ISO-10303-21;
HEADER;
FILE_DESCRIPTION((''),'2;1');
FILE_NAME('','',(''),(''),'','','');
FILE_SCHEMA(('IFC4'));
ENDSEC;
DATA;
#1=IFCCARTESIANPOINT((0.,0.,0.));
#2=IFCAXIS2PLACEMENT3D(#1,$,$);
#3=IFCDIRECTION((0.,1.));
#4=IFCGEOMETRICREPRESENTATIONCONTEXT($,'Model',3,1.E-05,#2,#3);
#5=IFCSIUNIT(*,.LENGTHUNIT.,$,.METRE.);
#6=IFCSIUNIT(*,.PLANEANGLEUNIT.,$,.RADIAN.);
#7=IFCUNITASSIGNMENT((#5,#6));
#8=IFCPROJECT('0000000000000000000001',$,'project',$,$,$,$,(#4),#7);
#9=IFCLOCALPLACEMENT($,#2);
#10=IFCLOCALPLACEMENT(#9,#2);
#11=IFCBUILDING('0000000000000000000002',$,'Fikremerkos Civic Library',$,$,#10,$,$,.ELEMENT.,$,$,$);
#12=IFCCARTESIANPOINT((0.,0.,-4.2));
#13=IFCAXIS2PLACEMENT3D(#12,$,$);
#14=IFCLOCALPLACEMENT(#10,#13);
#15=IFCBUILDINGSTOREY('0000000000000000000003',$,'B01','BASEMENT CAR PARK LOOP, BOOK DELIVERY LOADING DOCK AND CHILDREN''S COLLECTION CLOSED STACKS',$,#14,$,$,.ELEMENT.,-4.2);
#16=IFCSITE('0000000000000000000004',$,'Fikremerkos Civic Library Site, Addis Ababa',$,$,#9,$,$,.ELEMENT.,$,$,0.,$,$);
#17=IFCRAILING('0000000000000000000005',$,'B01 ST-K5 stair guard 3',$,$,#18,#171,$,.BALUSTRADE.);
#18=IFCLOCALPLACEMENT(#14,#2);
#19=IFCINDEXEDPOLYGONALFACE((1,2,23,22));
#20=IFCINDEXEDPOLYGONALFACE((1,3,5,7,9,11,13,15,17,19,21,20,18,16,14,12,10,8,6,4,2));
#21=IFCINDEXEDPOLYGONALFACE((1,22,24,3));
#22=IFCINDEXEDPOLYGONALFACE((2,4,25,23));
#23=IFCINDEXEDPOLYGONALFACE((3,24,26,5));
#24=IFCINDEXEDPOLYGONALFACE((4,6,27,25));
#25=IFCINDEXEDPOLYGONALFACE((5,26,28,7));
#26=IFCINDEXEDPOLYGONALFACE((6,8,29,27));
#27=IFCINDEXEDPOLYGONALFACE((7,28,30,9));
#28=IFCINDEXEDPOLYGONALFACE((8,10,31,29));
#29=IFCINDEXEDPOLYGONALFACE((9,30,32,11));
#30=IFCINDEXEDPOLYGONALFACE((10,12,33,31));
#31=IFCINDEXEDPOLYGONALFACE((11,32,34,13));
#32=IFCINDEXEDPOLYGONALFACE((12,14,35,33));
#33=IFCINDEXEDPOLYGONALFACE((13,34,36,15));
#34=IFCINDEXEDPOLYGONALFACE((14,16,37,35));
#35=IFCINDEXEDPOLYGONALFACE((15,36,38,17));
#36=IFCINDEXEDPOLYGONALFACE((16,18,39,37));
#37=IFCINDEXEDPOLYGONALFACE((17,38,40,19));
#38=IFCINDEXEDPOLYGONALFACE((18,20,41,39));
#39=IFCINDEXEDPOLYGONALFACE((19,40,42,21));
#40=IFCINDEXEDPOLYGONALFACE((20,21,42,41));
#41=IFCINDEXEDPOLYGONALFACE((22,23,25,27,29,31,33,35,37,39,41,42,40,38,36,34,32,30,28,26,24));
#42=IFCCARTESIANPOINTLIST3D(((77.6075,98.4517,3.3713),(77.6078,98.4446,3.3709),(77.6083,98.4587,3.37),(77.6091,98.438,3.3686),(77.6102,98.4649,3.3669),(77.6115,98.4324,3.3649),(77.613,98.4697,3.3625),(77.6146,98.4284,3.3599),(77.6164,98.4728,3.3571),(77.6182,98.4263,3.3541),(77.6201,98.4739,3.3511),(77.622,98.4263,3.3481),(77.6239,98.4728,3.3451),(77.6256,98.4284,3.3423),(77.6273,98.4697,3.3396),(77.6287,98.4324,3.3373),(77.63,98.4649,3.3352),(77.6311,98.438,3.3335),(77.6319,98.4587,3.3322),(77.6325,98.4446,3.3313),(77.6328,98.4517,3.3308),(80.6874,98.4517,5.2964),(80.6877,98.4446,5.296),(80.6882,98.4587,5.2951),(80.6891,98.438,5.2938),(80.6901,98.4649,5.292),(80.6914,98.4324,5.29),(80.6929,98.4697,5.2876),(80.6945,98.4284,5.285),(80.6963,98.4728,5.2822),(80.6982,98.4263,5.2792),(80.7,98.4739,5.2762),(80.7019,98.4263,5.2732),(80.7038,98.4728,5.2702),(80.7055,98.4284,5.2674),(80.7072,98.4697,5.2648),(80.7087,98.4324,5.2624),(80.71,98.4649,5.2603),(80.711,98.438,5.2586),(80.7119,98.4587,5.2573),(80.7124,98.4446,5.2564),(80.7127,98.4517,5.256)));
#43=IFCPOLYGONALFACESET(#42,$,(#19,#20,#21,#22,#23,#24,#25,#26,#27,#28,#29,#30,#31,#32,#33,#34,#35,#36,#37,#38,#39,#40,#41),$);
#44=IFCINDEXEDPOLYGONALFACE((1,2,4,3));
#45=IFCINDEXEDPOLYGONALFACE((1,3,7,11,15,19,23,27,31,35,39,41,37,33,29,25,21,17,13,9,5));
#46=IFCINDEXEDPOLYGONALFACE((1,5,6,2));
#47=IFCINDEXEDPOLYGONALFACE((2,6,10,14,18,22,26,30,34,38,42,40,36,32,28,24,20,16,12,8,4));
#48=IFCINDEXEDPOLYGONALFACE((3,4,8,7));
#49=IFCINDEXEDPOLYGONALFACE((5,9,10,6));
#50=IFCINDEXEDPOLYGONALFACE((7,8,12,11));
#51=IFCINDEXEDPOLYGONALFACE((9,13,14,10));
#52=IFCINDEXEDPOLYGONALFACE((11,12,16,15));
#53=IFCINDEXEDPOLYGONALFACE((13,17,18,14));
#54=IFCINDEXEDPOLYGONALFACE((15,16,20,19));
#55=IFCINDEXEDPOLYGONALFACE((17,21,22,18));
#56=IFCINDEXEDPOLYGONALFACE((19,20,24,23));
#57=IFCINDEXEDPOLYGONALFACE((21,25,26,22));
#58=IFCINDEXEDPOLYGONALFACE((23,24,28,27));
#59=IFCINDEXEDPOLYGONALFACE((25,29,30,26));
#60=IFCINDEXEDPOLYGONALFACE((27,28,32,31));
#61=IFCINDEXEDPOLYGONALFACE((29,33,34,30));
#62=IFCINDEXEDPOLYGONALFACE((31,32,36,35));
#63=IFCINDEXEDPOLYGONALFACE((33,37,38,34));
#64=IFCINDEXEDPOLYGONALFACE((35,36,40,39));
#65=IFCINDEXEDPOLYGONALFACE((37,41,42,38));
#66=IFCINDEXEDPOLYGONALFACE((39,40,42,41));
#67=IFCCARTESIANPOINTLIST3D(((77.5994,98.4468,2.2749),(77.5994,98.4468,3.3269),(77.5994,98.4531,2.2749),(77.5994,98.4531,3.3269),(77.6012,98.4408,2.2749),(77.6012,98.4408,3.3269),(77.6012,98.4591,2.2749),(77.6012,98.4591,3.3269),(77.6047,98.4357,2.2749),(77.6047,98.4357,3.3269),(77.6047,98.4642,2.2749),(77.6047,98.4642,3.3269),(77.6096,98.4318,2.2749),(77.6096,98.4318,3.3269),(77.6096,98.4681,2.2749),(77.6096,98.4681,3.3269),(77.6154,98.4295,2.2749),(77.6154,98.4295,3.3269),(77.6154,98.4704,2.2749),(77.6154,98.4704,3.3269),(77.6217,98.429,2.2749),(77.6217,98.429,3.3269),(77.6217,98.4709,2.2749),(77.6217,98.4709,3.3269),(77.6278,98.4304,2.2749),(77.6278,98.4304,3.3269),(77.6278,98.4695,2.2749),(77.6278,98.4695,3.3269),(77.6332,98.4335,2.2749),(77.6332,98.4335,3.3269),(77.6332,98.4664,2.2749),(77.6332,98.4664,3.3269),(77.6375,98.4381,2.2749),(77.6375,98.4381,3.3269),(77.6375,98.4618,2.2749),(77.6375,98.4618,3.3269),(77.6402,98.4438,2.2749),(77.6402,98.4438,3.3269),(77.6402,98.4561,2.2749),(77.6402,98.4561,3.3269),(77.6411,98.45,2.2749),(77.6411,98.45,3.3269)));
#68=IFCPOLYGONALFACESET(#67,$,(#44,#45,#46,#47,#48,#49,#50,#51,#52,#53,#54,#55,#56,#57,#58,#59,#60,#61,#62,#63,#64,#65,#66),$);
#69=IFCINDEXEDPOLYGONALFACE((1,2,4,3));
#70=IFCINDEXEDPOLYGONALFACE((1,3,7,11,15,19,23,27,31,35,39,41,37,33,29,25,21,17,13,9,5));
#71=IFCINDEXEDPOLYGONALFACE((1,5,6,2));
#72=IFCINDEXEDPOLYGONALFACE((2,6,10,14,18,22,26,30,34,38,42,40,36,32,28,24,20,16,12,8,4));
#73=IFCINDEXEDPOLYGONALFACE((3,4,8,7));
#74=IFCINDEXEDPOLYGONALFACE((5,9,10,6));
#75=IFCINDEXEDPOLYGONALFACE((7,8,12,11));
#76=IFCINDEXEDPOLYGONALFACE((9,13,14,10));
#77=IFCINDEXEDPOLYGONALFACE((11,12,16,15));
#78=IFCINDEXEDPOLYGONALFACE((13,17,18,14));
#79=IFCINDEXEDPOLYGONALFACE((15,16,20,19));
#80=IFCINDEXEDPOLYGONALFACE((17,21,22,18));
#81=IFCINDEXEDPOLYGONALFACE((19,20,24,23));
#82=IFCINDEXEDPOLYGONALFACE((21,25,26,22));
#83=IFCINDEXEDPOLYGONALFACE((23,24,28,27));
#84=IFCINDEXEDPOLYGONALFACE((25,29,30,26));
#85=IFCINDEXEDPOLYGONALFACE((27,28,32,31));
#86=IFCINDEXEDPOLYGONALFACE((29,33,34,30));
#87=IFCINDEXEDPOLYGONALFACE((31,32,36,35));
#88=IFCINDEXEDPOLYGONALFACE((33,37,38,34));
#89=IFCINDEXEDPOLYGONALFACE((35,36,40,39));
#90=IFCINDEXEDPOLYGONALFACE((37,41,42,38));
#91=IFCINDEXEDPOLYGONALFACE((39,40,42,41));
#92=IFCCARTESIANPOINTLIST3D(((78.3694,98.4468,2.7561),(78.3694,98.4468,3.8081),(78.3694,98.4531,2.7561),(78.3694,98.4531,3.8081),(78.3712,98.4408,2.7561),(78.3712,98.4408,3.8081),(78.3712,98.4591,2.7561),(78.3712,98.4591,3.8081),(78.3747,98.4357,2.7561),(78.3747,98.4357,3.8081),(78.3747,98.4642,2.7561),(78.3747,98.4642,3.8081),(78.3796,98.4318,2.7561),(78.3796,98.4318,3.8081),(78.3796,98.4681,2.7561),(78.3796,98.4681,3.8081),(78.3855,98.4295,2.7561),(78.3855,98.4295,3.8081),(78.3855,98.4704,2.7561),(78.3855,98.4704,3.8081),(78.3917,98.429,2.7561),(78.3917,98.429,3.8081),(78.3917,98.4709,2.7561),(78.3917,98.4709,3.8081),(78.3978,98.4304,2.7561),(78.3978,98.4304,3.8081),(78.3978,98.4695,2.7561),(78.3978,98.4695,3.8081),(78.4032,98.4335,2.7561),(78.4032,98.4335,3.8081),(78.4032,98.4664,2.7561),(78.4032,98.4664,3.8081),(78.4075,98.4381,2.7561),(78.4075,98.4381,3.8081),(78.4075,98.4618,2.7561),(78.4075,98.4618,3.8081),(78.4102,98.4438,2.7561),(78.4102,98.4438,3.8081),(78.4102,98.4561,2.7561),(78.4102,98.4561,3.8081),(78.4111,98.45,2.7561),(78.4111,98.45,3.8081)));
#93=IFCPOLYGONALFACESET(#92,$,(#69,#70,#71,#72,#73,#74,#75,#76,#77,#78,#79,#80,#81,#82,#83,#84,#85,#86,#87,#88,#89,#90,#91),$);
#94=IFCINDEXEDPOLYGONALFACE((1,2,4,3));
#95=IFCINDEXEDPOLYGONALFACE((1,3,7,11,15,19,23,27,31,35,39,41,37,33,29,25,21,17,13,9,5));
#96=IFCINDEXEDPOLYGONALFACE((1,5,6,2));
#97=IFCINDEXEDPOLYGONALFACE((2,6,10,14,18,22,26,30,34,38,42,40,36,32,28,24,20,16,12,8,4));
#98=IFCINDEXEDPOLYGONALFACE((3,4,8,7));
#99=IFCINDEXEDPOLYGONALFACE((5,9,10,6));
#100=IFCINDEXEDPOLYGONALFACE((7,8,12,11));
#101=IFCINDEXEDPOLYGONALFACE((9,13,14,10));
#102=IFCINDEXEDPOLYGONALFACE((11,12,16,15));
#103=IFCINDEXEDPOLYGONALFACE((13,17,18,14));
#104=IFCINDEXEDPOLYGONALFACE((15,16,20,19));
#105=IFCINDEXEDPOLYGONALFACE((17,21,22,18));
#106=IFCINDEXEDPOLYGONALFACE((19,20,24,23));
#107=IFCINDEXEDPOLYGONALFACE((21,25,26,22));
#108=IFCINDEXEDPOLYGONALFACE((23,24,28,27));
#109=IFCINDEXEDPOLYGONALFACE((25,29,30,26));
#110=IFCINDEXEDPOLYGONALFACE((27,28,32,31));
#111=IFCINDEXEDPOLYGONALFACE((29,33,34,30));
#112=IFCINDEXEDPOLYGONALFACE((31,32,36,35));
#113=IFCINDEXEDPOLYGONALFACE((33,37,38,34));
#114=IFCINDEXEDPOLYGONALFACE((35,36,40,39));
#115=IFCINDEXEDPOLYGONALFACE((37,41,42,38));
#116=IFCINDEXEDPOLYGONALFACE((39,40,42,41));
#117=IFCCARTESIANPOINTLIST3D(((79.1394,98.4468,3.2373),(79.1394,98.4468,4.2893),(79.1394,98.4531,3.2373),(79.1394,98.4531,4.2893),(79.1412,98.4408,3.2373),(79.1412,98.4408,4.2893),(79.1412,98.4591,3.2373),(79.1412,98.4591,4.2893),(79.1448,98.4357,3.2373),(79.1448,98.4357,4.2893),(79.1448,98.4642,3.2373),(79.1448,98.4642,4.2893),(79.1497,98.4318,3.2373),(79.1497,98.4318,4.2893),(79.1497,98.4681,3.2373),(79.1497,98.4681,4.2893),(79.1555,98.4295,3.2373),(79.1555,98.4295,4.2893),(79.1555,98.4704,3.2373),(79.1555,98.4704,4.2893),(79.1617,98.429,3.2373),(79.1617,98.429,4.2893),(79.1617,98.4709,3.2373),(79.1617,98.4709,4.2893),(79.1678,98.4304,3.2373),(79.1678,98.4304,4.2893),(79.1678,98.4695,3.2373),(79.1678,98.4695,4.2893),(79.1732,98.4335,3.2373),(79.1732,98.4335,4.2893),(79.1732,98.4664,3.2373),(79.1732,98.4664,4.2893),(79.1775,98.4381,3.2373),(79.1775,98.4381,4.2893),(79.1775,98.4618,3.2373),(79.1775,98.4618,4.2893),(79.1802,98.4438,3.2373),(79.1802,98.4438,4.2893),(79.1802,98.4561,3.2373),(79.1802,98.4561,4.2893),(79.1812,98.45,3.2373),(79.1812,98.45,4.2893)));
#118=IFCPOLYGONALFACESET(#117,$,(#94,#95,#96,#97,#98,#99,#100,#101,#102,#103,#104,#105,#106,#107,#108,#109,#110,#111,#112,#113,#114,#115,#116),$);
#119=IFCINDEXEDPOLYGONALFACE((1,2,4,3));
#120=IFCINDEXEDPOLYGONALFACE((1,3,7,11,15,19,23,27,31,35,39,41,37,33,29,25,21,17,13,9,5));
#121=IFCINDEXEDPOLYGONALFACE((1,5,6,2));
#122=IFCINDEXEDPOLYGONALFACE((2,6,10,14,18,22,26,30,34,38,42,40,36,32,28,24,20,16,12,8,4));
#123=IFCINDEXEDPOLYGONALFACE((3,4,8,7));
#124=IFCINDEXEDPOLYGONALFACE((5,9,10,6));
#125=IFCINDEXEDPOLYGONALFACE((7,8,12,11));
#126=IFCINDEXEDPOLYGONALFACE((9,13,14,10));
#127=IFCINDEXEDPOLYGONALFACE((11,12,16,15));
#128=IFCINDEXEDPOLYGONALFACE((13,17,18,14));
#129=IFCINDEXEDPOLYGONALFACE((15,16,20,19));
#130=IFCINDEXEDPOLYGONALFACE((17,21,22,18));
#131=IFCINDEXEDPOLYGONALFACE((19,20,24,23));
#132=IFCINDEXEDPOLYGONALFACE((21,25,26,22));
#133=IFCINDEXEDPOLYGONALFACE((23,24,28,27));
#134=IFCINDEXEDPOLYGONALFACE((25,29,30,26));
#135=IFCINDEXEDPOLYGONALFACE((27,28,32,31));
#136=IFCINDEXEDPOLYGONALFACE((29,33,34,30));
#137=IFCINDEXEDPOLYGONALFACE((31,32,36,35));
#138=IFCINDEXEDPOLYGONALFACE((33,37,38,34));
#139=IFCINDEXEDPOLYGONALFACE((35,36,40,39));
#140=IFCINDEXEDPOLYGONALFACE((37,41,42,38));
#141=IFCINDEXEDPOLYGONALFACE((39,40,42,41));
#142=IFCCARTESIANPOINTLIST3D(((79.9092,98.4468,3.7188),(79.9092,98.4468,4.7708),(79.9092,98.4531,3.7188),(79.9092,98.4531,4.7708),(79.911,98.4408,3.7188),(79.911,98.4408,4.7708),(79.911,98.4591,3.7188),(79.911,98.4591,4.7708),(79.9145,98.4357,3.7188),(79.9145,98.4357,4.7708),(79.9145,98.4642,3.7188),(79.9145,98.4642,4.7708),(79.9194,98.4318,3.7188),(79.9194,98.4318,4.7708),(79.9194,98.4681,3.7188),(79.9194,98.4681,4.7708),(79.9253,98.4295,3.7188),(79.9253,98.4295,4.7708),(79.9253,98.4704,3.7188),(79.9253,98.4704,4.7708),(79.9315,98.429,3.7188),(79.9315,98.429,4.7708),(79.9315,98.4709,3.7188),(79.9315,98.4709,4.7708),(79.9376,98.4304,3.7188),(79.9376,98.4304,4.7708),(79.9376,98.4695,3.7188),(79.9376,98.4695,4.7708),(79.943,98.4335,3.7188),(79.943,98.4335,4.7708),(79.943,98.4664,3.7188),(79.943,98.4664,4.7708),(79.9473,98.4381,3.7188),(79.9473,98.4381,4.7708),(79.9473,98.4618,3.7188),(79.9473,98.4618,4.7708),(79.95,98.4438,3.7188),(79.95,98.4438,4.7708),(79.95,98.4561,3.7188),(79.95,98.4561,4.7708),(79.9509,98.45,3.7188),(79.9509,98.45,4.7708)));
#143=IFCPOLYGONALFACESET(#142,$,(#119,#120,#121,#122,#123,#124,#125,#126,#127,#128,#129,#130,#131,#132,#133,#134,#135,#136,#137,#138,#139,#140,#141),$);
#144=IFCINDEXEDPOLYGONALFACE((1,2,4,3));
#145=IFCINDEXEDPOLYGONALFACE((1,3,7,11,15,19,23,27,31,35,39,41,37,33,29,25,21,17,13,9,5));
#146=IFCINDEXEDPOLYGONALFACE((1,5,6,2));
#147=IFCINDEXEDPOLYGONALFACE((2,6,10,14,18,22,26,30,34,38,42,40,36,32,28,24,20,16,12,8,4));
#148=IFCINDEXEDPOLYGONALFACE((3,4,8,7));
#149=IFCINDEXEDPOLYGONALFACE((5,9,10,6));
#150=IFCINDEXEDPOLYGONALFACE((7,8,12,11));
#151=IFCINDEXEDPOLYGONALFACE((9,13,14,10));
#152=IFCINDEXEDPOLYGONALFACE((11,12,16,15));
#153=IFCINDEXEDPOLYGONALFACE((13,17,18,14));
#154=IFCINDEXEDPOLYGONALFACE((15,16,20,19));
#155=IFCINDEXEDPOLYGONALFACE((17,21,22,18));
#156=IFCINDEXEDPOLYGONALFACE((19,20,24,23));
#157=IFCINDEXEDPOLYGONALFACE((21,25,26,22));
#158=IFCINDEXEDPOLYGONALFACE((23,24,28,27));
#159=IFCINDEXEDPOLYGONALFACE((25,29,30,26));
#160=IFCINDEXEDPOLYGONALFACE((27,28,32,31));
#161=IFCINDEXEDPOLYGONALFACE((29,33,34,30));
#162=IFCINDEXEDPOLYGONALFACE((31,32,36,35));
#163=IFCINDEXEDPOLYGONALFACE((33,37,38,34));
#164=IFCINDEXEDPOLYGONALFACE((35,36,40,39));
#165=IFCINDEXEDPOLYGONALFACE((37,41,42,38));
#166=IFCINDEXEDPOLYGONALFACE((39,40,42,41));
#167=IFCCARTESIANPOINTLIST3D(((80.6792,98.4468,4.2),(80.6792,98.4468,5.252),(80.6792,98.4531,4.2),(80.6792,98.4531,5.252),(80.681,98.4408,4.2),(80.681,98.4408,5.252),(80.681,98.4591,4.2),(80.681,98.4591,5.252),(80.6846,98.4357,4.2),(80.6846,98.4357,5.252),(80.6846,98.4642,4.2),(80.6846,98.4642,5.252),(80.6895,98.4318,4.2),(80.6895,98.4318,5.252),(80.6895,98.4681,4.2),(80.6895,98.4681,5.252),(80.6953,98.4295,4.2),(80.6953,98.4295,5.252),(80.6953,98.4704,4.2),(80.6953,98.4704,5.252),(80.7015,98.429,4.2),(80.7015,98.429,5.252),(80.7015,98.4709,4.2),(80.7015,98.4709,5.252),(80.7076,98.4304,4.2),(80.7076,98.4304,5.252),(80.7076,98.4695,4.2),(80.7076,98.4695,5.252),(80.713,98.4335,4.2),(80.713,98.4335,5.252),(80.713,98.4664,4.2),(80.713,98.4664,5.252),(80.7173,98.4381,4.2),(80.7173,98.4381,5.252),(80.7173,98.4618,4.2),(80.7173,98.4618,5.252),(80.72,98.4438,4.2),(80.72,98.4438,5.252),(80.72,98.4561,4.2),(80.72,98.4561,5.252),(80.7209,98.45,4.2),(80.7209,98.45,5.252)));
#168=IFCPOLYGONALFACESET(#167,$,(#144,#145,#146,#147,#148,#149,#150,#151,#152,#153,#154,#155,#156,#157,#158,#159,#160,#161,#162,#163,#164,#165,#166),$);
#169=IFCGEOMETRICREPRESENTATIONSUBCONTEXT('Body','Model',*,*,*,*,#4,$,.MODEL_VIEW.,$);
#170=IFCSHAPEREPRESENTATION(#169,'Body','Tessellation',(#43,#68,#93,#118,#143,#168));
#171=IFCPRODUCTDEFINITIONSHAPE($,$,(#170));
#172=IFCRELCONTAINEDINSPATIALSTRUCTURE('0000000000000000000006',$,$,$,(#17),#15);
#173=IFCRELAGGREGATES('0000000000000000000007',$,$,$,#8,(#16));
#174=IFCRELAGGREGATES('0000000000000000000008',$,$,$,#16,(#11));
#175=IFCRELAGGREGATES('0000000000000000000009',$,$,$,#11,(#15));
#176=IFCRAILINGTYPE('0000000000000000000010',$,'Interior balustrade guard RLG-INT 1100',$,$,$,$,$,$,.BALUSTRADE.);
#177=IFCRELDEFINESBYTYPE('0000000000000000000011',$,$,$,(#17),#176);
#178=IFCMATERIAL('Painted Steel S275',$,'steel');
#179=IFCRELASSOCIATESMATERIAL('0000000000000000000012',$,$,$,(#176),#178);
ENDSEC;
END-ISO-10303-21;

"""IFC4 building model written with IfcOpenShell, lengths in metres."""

from ifc_helpers import new_model, si_unit, direction, frame, origin, origin_2d, place, context, subcontext, project, spatial, circle, extrude, material, type_object, element, save


model = new_model("IFC4")

# Units and contexts
model_context = context("Model", 3, precision=1e-05, world=origin(), true_north=direction((0.0, 1.0)))
body_context = subcontext(model_context, "Body", "Model", "MODEL_VIEW")
ifc_project = project(units=[si_unit("LENGTHUNIT", "METRE"), si_unit("PLANEANGLEUNIT", "RADIAN")], contexts=[model_context])

# Site, building, storey
site_placement = place(None, origin())
site = spatial("IfcSite", under=ifc_project, at=site_placement, Name="Fikremerkos Civic Library Site, Addis Ababa", CompositionType="ELEMENT", RefElevation=0.0)
building_placement = place(site_placement, origin())
building = spatial("IfcBuilding", under=site, at=building_placement, Name="Fikremerkos Civic Library", CompositionType="ELEMENT")
storey_placement = place(building_placement, frame((0.0, 0.0, -4.2)))
storey = spatial("IfcBuildingStorey", under=building, at=storey_placement, Name="B01", Description="BASEMENT CAR PARK LOOP, BOOK DELIVERY LOADING DOCK AND CHILDREN'S COLLECTION CLOSED STACKS", CompositionType="ELEMENT", Elevation=-4.2)

# Railing
ifc_material_1 = material(Name="Painted Steel S275", Category="steel")
railing_type_1 = type_object("IfcRailingType", Name="Interior balustrade guard RLG-INT 1100", PredefinedType="BALUSTRADE", material=ifc_material_1)
railing_1_placement = place(storey_placement, frame((77.6201, 98.45, 2.2749)))
element("IfcRailing", 1, at=railing_1_placement, inside=storey, type_object=railing_type_1, Name="B01 ST-K5 stair guard 3", PredefinedType="BALUSTRADE", context=body_context, shape_type="SweptSolid", body=[
    extrude(circle(Radius=0.0239, at=origin_2d()), frame((0.0, 0.0, 1.0762), z_axis=(0.847979, 0.0, 0.530029), x_axis=(0.0, 1.0, 0.0)), (0.0, 0.0, 1.0), 3.6321),
    extrude(circle(Radius=0.021, at=origin_2d()), origin(), (0.0, 0.0, 1.0), 1.052),
    extrude(circle(Radius=0.021, at=origin_2d()), frame((0.77, 0.0, 0.4812)), (0.0, 0.0, 1.0), 1.052),
    extrude(circle(Radius=0.021, at=origin_2d()), frame((1.54, 0.0, 0.9624)), (0.0, 0.0, 1.0), 1.052),
    extrude(circle(Radius=0.021, at=origin_2d()), frame((2.3098, 0.0, 1.4438)), (0.0, 0.0, 1.0), 1.052),
    extrude(circle(Radius=0.021, at=origin_2d()), frame((3.0798, 0.0, 1.925)), (0.0, 0.0, 1.0), 1.052),
])

save(model, "model.ifc")
